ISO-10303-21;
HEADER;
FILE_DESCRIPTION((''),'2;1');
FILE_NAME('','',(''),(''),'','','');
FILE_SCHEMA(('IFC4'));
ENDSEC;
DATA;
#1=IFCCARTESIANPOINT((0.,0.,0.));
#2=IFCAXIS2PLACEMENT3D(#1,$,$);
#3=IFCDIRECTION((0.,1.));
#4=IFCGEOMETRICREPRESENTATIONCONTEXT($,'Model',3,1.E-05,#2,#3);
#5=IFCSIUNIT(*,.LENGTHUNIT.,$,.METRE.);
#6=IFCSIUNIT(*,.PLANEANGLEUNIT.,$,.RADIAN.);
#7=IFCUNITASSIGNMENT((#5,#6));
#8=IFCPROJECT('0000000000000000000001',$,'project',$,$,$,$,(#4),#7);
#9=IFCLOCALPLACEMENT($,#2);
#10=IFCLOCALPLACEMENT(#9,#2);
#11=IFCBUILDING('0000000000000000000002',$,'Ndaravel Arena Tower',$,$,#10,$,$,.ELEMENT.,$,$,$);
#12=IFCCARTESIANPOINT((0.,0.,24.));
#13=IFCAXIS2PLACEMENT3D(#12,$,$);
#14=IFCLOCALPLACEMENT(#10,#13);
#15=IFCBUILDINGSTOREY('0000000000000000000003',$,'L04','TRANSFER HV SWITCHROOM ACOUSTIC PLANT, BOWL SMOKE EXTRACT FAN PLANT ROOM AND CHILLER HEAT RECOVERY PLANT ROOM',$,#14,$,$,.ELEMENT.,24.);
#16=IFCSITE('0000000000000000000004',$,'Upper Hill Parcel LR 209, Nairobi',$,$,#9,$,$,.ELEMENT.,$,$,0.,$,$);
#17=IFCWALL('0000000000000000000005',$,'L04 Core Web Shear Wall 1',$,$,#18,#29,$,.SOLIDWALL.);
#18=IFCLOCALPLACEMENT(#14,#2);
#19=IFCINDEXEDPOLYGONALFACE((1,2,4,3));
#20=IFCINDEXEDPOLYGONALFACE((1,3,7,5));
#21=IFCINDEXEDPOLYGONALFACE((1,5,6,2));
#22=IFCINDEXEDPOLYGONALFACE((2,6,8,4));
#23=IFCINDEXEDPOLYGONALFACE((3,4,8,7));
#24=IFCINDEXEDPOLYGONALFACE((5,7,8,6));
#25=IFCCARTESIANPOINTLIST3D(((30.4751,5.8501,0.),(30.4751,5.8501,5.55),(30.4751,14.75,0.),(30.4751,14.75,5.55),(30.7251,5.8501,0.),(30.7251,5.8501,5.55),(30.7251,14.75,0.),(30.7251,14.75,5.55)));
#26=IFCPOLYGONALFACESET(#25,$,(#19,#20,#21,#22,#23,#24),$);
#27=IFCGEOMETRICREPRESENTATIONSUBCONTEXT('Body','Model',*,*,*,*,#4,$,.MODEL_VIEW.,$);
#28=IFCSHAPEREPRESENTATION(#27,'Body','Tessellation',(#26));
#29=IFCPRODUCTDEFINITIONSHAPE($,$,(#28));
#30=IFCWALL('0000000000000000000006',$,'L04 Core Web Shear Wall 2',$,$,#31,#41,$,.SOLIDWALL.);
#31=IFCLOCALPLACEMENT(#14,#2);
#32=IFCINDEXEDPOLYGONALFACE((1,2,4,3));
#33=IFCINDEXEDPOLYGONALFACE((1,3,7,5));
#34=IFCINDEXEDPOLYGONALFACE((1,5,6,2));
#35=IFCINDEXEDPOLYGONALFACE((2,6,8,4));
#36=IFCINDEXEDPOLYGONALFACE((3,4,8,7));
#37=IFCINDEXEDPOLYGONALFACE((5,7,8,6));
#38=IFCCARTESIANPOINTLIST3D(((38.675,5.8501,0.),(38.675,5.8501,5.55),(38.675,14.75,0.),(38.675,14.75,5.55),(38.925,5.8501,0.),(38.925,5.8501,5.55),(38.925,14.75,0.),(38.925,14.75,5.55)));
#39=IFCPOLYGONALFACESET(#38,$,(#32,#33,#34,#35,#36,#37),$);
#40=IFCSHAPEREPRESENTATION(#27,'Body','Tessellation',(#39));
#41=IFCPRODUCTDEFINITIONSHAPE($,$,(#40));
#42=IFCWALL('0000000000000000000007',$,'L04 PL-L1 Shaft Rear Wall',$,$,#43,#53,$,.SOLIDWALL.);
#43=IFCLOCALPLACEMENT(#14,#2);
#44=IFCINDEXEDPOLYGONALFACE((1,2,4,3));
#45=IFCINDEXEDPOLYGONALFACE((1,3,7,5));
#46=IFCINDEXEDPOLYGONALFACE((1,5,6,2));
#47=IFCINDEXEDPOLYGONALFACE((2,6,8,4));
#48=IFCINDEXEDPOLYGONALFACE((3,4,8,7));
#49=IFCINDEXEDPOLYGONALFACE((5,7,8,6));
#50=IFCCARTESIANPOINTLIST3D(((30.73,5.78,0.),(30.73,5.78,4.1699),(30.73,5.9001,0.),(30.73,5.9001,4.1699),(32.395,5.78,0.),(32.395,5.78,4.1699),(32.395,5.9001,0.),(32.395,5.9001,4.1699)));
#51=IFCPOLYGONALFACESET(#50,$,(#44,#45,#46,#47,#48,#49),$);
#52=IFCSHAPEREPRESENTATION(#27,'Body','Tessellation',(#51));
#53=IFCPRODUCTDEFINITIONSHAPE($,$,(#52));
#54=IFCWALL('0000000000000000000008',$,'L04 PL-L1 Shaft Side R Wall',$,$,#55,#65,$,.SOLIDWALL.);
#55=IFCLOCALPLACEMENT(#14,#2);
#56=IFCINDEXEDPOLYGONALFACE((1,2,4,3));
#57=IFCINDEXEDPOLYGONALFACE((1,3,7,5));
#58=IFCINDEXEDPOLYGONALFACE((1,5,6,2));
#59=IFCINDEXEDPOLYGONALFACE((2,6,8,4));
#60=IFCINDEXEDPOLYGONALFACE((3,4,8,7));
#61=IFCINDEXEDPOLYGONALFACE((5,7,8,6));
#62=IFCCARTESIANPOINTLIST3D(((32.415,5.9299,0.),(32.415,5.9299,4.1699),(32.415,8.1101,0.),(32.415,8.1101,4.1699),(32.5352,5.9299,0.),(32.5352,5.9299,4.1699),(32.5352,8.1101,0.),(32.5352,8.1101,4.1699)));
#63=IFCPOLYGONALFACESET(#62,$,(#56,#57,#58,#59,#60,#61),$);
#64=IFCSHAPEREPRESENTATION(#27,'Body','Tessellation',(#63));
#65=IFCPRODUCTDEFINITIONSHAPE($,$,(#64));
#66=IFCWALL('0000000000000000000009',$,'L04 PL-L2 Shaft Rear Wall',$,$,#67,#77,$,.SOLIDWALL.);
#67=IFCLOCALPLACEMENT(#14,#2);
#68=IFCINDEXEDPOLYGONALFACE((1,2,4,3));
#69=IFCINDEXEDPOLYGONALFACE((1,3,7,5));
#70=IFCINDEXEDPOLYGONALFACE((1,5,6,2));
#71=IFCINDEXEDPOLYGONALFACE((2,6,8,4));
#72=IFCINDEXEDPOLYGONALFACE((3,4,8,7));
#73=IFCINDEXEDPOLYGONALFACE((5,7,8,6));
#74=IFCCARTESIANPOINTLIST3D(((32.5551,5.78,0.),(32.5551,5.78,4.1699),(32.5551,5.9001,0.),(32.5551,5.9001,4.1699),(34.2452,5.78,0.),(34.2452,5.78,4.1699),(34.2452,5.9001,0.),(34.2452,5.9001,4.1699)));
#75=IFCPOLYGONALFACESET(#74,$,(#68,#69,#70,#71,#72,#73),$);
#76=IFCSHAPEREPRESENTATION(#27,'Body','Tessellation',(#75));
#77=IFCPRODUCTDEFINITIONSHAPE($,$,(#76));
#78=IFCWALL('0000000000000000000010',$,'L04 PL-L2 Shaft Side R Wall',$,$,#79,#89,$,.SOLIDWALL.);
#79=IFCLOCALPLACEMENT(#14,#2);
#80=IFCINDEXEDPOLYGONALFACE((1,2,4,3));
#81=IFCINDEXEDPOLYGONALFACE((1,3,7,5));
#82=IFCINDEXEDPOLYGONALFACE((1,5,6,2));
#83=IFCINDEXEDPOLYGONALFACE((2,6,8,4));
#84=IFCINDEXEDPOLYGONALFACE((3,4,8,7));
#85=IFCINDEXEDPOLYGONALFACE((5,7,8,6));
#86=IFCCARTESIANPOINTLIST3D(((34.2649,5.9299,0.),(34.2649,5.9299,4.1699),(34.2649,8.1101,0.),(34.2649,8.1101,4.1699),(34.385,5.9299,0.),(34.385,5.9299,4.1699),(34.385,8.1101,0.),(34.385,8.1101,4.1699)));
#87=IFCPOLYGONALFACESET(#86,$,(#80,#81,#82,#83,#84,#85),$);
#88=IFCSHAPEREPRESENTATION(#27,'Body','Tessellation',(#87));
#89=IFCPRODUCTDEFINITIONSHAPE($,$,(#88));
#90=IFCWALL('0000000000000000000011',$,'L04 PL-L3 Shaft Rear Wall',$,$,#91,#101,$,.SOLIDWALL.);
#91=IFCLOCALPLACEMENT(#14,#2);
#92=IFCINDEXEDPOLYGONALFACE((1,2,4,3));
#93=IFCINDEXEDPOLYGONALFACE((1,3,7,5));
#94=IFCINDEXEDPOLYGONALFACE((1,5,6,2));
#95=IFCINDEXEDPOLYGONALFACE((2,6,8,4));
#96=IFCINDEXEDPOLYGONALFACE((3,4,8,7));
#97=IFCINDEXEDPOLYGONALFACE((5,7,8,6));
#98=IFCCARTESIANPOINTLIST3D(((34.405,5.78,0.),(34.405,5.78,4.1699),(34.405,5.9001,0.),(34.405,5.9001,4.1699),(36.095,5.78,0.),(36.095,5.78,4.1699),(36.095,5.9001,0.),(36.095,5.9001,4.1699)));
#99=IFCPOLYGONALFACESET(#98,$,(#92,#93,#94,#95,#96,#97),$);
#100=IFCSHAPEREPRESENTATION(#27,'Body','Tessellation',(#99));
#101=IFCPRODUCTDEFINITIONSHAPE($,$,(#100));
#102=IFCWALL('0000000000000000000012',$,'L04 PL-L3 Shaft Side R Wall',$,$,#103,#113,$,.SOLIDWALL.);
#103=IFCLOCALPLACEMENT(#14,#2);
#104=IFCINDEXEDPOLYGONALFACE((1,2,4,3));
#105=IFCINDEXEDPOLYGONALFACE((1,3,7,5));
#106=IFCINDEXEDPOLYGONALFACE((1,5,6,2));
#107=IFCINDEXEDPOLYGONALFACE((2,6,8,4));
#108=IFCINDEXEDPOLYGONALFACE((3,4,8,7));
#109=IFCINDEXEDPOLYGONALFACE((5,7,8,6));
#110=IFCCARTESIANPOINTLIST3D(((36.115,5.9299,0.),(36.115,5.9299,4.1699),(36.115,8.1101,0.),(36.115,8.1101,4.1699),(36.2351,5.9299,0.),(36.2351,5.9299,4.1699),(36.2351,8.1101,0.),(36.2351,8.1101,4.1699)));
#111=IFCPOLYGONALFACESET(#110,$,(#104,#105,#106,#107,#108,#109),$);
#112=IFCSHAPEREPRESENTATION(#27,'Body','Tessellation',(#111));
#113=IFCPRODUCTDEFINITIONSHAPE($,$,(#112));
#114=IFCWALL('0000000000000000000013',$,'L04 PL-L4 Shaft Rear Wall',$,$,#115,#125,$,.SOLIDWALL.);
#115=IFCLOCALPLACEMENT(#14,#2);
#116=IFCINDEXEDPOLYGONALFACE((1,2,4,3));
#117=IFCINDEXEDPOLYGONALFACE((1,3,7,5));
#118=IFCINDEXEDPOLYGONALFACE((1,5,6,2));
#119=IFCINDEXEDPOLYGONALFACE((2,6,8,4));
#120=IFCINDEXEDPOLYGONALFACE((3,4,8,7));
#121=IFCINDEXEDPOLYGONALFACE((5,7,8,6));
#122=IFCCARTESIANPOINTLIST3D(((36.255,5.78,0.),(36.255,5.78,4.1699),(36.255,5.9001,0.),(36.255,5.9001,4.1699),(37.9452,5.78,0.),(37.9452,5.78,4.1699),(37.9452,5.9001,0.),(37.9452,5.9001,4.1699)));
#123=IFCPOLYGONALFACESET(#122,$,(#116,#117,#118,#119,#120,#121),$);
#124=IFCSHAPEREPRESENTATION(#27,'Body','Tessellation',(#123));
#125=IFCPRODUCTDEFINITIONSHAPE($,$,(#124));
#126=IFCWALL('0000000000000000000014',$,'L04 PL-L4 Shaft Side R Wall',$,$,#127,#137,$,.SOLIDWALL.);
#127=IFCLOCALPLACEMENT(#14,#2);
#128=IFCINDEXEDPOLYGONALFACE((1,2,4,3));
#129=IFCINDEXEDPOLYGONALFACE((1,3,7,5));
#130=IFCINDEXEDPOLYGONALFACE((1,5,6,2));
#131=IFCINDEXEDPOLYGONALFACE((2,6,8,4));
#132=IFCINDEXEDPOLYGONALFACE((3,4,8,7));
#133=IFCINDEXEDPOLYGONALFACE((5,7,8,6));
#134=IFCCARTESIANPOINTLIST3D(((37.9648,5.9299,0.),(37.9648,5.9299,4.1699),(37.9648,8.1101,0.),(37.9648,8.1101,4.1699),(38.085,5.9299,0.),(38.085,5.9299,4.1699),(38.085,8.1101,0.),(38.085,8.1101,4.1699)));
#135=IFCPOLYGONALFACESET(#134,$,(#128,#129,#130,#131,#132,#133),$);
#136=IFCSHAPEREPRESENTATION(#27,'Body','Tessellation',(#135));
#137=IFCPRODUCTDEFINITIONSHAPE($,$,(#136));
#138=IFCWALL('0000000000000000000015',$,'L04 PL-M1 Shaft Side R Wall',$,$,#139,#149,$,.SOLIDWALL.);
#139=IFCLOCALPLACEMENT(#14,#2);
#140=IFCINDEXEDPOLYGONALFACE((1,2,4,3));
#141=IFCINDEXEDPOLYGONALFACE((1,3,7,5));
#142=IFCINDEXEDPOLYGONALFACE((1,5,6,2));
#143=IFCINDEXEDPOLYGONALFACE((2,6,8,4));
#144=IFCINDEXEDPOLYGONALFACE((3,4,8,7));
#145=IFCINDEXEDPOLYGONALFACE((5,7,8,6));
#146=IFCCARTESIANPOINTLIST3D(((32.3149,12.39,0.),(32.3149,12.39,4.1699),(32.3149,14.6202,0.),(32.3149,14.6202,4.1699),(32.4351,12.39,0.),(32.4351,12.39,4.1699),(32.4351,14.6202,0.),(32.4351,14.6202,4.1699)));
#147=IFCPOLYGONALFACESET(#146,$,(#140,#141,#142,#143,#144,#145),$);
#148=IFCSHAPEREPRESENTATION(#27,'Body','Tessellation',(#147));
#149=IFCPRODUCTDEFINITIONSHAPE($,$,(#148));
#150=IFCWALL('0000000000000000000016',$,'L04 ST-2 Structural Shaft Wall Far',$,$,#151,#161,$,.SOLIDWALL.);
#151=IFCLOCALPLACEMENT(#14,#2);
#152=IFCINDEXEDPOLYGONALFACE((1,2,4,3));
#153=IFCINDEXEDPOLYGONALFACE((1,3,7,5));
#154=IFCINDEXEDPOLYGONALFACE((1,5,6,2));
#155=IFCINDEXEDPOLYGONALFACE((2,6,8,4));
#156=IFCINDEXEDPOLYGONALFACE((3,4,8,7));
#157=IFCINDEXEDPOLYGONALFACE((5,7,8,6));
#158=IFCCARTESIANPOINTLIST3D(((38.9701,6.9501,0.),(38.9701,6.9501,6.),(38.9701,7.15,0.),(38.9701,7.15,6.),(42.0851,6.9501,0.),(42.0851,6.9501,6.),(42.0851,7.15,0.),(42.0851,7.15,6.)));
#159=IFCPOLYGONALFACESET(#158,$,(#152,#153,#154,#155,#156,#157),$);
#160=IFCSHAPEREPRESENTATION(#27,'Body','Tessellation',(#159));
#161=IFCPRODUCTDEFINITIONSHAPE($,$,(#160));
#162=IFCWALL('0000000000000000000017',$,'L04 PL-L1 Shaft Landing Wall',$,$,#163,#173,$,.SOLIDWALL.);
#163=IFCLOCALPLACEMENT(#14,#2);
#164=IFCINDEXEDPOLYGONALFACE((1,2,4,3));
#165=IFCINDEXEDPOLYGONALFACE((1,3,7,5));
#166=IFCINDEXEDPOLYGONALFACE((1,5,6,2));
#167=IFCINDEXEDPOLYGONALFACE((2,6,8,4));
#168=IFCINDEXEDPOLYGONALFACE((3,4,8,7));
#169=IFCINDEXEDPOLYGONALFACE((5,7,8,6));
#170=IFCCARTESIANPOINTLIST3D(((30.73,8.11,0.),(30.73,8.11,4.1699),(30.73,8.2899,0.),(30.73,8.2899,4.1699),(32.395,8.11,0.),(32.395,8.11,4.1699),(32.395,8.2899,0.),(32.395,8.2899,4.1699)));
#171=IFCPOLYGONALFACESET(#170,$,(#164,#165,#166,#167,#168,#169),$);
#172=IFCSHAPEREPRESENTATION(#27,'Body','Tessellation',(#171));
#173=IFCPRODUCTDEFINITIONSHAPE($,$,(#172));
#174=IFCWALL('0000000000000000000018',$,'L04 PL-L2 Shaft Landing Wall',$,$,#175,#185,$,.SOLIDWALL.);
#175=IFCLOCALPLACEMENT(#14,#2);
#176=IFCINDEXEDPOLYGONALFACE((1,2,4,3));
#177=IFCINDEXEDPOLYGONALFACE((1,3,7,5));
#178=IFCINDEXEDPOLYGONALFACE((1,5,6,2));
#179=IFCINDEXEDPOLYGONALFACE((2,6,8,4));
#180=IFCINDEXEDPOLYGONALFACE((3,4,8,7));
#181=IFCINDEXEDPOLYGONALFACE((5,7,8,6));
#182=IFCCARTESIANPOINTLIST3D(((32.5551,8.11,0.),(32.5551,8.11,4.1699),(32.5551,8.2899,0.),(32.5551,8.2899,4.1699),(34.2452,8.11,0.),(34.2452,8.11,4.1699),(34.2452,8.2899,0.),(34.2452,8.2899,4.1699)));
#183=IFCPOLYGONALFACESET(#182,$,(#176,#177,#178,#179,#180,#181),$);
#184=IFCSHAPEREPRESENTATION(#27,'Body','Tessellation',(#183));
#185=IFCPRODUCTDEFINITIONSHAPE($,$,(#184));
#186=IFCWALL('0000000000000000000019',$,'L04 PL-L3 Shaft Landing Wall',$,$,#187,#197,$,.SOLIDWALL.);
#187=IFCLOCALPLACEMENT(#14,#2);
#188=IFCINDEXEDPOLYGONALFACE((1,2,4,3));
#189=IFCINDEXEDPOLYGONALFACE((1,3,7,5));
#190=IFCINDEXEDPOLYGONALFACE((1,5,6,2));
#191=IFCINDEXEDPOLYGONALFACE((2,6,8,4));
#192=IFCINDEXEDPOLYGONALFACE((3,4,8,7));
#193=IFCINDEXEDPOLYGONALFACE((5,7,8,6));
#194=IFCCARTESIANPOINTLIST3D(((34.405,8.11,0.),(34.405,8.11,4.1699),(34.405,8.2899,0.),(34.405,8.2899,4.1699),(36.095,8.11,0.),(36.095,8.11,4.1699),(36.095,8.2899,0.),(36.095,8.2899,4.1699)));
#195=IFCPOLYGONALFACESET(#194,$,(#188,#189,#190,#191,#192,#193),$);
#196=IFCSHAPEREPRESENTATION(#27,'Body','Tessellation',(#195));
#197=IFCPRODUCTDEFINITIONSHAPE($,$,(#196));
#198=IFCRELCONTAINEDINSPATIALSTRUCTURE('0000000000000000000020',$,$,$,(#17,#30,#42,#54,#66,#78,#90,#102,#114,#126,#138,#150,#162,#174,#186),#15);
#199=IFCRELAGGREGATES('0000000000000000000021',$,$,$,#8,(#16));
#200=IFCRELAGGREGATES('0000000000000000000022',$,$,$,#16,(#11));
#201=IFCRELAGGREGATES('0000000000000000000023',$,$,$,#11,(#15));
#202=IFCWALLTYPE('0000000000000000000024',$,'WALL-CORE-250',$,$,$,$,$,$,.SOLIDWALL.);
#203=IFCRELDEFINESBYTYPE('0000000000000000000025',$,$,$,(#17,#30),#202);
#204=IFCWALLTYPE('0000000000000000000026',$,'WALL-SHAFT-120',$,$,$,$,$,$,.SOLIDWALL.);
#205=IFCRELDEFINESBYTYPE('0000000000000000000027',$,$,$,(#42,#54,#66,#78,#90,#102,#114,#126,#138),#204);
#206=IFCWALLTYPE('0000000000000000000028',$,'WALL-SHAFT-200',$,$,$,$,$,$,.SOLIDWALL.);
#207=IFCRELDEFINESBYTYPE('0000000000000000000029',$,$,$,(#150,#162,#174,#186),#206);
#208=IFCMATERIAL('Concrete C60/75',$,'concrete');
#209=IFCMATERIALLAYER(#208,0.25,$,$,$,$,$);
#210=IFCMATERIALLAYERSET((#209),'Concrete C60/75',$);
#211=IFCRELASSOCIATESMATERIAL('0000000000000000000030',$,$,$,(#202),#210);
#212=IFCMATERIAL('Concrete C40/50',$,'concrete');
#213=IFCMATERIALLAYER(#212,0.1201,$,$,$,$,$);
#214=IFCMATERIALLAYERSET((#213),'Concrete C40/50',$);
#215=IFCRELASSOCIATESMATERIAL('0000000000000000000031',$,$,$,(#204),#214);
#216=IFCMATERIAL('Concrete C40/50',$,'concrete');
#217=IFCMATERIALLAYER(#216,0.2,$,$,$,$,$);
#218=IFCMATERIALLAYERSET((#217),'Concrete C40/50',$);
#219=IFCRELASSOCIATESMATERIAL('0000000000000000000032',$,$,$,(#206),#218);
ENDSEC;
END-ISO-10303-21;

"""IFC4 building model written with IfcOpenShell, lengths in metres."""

from ifc_helpers import new_model, si_unit, direction, frame, frame_2d, origin, place, context, subcontext, project, spatial, rectangle, extrude, material, layer, layer_set, type_object, element, save


model = new_model("IFC4")

# Units and contexts
model_context = context("Model", 3, precision=1e-05, world=origin(), true_north=direction((0.0, 1.0)))
body_context = subcontext(model_context, "Body", "Model", "MODEL_VIEW")
ifc_project = project(units=[si_unit("LENGTHUNIT", "METRE"), si_unit("PLANEANGLEUNIT", "RADIAN")], contexts=[model_context])

# Site, building, storey
site_placement = place(None, origin())
site = spatial("IfcSite", under=ifc_project, at=site_placement, Name="Upper Hill Parcel LR 209, Nairobi", CompositionType="ELEMENT", RefElevation=0.0)
building_placement = place(site_placement, origin())
building = spatial("IfcBuilding", under=site, at=building_placement, Name="Ndaravel Arena Tower", CompositionType="ELEMENT")
storey_placement = place(building_placement, frame((0.0, 0.0, 24.0)))
storey = spatial("IfcBuildingStorey", under=building, at=storey_placement, Name="L04", Description="TRANSFER HV SWITCHROOM ACOUSTIC PLANT, BOWL SMOKE EXTRACT FAN PLANT ROOM AND CHILLER HEAT RECOVERY PLANT ROOM", CompositionType="ELEMENT", Elevation=24.0)

# Walls
ifc_material_1 = material(Name="Concrete C60/75", Category="concrete")
ifc_layer_1 = layer(ifc_material_1, 0.25)
ifc_layer_set_1 = layer_set([ifc_layer_1], Name="Concrete C60/75")
wall_type_1 = type_object("IfcWallType", Name="WALL-CORE-250", PredefinedType="SOLIDWALL", material=ifc_layer_set_1)
for number, where, z_axis, x_axis, name in (
    (1, (30.6001, 5.8501, 0.0), (0.0, 0.0, 1.0), (0.0, 1.0, 0.0), "L04 Core Web Shear Wall 1"),
    (2, (38.8, 5.8501, 0.0), (0.0, 0.0, 1.0), (0.0, 1.0, 0.0), "L04 Core Web Shear Wall 2"),
):
    element("IfcWall", number, at=place(storey_placement, frame(where, z_axis=z_axis, x_axis=x_axis)), inside=storey, type_object=wall_type_1, Name=name, PredefinedType="SOLIDWALL", context=body_context, shape_type="SweptSolid", body=[
        extrude(rectangle(XDim=8.8999, YDim=0.25, at=frame_2d((4.45, 0.0))), origin(), (0.0, 0.0, 1.0), 5.55),
    ])
ifc_material_2 = material(Name="Concrete C40/50", Category="concrete")
ifc_layer_2 = layer(ifc_material_2, 0.1201)
ifc_layer_set_2 = layer_set([ifc_layer_2], Name="Concrete C40/50")
wall_type_2 = type_object("IfcWallType", Name="WALL-SHAFT-120", PredefinedType="SOLIDWALL", material=ifc_layer_set_2)
wall_1_placement = place(storey_placement, frame((30.73, 5.8401, 0.0), z_axis=(0.0, 0.0, 1.0), x_axis=(1.0, 0.0, 0.0)))
element("IfcWall", 3, at=wall_1_placement, inside=storey, type_object=wall_type_2, Name="L04 PL-L1 Shaft Rear Wall", PredefinedType="SOLIDWALL", context=body_context, shape_type="SweptSolid", body=[
    extrude(rectangle(XDim=1.665, YDim=0.1201, at=frame_2d((0.8325, 0.0))), origin(), (0.0, 0.0, 1.0), 4.1699),
])
wall_2_placement = place(storey_placement, frame((32.4751, 5.9299, 0.0), z_axis=(0.0, 0.0, 1.0), x_axis=(0.0, 1.0, 0.0)))
element("IfcWall", 4, at=wall_2_placement, inside=storey, type_object=wall_type_2, Name="L04 PL-L1 Shaft Side R Wall", PredefinedType="SOLIDWALL", context=body_context, shape_type="SweptSolid", body=[
    extrude(rectangle(XDim=2.1802, YDim=0.1201, at=frame_2d((1.0901, 0.0))), origin(), (0.0, 0.0, 1.0), 4.1699),
])
wall_3_placement = place(storey_placement, frame((32.5549, 5.8401, 0.0), z_axis=(0.0, 0.0, 1.0), x_axis=(1.0, 0.0, 0.0)))
element("IfcWall", 5, at=wall_3_placement, inside=storey, type_object=wall_type_2, Name="L04 PL-L2 Shaft Rear Wall", PredefinedType="SOLIDWALL", context=body_context, shape_type="SweptSolid", body=[
    extrude(rectangle(XDim=1.6902, YDim=0.1201, at=frame_2d((0.8452, 0.0))), origin(), (0.0, 0.0, 1.0), 4.1699),
])
wall_4_placement = place(storey_placement, frame((34.325, 5.9299, 0.0), z_axis=(0.0, 0.0, 1.0), x_axis=(0.0, 1.0, 0.0)))
element("IfcWall", 6, at=wall_4_placement, inside=storey, type_object=wall_type_2, Name="L04 PL-L2 Shaft Side R Wall", PredefinedType="SOLIDWALL", context=body_context, shape_type="SweptSolid", body=[
    extrude(rectangle(XDim=2.1802, YDim=0.1201, at=frame_2d((1.0901, 0.0))), origin(), (0.0, 0.0, 1.0), 4.1699),
])
wall_5_placement = place(storey_placement, frame((34.405, 5.8401, 0.0), z_axis=(0.0, 0.0, 1.0), x_axis=(1.0, 0.0, 0.0)))
element("IfcWall", 7, at=wall_5_placement, inside=storey, type_object=wall_type_2, Name="L04 PL-L3 Shaft Rear Wall", PredefinedType="SOLIDWALL", context=body_context, shape_type="SweptSolid", body=[
    extrude(rectangle(XDim=1.6899, YDim=0.1201, at=frame_2d((0.845, 0.0))), origin(), (0.0, 0.0, 1.0), 4.1699),
])
wall_6_placement = place(storey_placement, frame((36.175, 5.9299, 0.0), z_axis=(0.0, 0.0, 1.0), x_axis=(0.0, 1.0, 0.0)))
element("IfcWall", 8, at=wall_6_placement, inside=storey, type_object=wall_type_2, Name="L04 PL-L3 Shaft Side R Wall", PredefinedType="SOLIDWALL", context=body_context, shape_type="SweptSolid", body=[
    extrude(rectangle(XDim=2.1802, YDim=0.1201, at=frame_2d((1.0901, 0.0))), origin(), (0.0, 0.0, 1.0), 4.1699),
])
wall_7_placement = place(storey_placement, frame((36.2549, 5.8401, 0.0), z_axis=(0.0, 0.0, 1.0), x_axis=(1.0, 0.0, 0.0)))
element("IfcWall", 9, at=wall_7_placement, inside=storey, type_object=wall_type_2, Name="L04 PL-L4 Shaft Rear Wall", PredefinedType="SOLIDWALL", context=body_context, shape_type="SweptSolid", body=[
    extrude(rectangle(XDim=1.6902, YDim=0.1201, at=frame_2d((0.8452, 0.0))), origin(), (0.0, 0.0, 1.0), 4.1699),
])
wall_8_placement = place(storey_placement, frame((38.0249, 5.9299, 0.0), z_axis=(0.0, 0.0, 1.0), x_axis=(0.0, 1.0, 0.0)))
element("IfcWall", 10, at=wall_8_placement, inside=storey, type_object=wall_type_2, Name="L04 PL-L4 Shaft Side R Wall", PredefinedType="SOLIDWALL", context=body_context, shape_type="SweptSolid", body=[
    extrude(rectangle(XDim=2.1802, YDim=0.1201, at=frame_2d((1.0901, 0.0))), origin(), (0.0, 0.0, 1.0), 4.1699),
])
wall_9_placement = place(storey_placement, frame((32.375, 12.3899, 0.0), z_axis=(0.0, 0.0, 1.0), x_axis=(0.0, 1.0, 0.0)))
element("IfcWall", 11, at=wall_9_placement, inside=storey, type_object=wall_type_2, Name="L04 PL-M1 Shaft Side R Wall", PredefinedType="SOLIDWALL", context=body_context, shape_type="SweptSolid", body=[
    extrude(rectangle(XDim=2.2302, YDim=0.1201, at=frame_2d((1.1152, 0.0))), origin(), (0.0, 0.0, 1.0), 4.1699),
])
ifc_material_3 = material(Name="Concrete C40/50", Category="concrete")
ifc_layer_3 = layer(ifc_material_3, 0.2)
ifc_layer_set_3 = layer_set([ifc_layer_3], Name="Concrete C40/50")
wall_type_3 = type_object("IfcWallType", Name="WALL-SHAFT-200", PredefinedType="SOLIDWALL", material=ifc_layer_set_3)
wall_10_placement = place(storey_placement, frame((38.97, 7.05, 0.0), z_axis=(0.0, 0.0, 1.0), x_axis=(1.0, 0.0, 0.0)))
element("IfcWall", 12, at=wall_10_placement, inside=storey, type_object=wall_type_3, Name="L04 ST-2 Structural Shaft Wall Far", PredefinedType="SOLIDWALL", context=body_context, shape_type="SweptSolid", body=[
    extrude(rectangle(XDim=3.115, YDim=0.2, at=frame_2d((1.5576, 0.0))), origin(), (0.0, 0.0, 1.0), 6.0),
])
wall_11_placement = place(storey_placement, frame((30.73, 8.2, 0.0), z_axis=(0.0, 0.0, 1.0), x_axis=(1.0, 0.0, 0.0)))
element("IfcWall", 13, at=wall_11_placement, inside=storey, type_object=wall_type_3, Name="L04 PL-L1 Shaft Landing Wall", PredefinedType="SOLIDWALL", context=body_context, shape_type="SweptSolid", body=[
    extrude(rectangle(XDim=1.665, YDim=0.1799, at=frame_2d((0.8325, 0.0))), origin(), (0.0, 0.0, 1.0), 4.1699),
])
wall_12_placement = place(storey_placement, frame((32.5549, 8.2, 0.0), z_axis=(0.0, 0.0, 1.0), x_axis=(1.0, 0.0, 0.0)))
element("IfcWall", 14, at=wall_12_placement, inside=storey, type_object=wall_type_3, Name="L04 PL-L2 Shaft Landing Wall", PredefinedType="SOLIDWALL", context=body_context, shape_type="SweptSolid", body=[
    extrude(rectangle(XDim=1.6902, YDim=0.1799, at=frame_2d((0.8452, 0.0))), origin(), (0.0, 0.0, 1.0), 4.1699),
])
wall_13_placement = place(storey_placement, frame((34.405, 8.2, 0.0), z_axis=(0.0, 0.0, 1.0), x_axis=(1.0, 0.0, 0.0)))
element("IfcWall", 15, at=wall_13_placement, inside=storey, type_object=wall_type_3, Name="L04 PL-L3 Shaft Landing Wall", PredefinedType="SOLIDWALL", context=body_context, shape_type="SweptSolid", body=[
    extrude(rectangle(XDim=1.6899, YDim=0.1799, at=frame_2d((0.845, 0.0))), origin(), (0.0, 0.0, 1.0), 4.1699),
])

save(model, "model.ifc")
